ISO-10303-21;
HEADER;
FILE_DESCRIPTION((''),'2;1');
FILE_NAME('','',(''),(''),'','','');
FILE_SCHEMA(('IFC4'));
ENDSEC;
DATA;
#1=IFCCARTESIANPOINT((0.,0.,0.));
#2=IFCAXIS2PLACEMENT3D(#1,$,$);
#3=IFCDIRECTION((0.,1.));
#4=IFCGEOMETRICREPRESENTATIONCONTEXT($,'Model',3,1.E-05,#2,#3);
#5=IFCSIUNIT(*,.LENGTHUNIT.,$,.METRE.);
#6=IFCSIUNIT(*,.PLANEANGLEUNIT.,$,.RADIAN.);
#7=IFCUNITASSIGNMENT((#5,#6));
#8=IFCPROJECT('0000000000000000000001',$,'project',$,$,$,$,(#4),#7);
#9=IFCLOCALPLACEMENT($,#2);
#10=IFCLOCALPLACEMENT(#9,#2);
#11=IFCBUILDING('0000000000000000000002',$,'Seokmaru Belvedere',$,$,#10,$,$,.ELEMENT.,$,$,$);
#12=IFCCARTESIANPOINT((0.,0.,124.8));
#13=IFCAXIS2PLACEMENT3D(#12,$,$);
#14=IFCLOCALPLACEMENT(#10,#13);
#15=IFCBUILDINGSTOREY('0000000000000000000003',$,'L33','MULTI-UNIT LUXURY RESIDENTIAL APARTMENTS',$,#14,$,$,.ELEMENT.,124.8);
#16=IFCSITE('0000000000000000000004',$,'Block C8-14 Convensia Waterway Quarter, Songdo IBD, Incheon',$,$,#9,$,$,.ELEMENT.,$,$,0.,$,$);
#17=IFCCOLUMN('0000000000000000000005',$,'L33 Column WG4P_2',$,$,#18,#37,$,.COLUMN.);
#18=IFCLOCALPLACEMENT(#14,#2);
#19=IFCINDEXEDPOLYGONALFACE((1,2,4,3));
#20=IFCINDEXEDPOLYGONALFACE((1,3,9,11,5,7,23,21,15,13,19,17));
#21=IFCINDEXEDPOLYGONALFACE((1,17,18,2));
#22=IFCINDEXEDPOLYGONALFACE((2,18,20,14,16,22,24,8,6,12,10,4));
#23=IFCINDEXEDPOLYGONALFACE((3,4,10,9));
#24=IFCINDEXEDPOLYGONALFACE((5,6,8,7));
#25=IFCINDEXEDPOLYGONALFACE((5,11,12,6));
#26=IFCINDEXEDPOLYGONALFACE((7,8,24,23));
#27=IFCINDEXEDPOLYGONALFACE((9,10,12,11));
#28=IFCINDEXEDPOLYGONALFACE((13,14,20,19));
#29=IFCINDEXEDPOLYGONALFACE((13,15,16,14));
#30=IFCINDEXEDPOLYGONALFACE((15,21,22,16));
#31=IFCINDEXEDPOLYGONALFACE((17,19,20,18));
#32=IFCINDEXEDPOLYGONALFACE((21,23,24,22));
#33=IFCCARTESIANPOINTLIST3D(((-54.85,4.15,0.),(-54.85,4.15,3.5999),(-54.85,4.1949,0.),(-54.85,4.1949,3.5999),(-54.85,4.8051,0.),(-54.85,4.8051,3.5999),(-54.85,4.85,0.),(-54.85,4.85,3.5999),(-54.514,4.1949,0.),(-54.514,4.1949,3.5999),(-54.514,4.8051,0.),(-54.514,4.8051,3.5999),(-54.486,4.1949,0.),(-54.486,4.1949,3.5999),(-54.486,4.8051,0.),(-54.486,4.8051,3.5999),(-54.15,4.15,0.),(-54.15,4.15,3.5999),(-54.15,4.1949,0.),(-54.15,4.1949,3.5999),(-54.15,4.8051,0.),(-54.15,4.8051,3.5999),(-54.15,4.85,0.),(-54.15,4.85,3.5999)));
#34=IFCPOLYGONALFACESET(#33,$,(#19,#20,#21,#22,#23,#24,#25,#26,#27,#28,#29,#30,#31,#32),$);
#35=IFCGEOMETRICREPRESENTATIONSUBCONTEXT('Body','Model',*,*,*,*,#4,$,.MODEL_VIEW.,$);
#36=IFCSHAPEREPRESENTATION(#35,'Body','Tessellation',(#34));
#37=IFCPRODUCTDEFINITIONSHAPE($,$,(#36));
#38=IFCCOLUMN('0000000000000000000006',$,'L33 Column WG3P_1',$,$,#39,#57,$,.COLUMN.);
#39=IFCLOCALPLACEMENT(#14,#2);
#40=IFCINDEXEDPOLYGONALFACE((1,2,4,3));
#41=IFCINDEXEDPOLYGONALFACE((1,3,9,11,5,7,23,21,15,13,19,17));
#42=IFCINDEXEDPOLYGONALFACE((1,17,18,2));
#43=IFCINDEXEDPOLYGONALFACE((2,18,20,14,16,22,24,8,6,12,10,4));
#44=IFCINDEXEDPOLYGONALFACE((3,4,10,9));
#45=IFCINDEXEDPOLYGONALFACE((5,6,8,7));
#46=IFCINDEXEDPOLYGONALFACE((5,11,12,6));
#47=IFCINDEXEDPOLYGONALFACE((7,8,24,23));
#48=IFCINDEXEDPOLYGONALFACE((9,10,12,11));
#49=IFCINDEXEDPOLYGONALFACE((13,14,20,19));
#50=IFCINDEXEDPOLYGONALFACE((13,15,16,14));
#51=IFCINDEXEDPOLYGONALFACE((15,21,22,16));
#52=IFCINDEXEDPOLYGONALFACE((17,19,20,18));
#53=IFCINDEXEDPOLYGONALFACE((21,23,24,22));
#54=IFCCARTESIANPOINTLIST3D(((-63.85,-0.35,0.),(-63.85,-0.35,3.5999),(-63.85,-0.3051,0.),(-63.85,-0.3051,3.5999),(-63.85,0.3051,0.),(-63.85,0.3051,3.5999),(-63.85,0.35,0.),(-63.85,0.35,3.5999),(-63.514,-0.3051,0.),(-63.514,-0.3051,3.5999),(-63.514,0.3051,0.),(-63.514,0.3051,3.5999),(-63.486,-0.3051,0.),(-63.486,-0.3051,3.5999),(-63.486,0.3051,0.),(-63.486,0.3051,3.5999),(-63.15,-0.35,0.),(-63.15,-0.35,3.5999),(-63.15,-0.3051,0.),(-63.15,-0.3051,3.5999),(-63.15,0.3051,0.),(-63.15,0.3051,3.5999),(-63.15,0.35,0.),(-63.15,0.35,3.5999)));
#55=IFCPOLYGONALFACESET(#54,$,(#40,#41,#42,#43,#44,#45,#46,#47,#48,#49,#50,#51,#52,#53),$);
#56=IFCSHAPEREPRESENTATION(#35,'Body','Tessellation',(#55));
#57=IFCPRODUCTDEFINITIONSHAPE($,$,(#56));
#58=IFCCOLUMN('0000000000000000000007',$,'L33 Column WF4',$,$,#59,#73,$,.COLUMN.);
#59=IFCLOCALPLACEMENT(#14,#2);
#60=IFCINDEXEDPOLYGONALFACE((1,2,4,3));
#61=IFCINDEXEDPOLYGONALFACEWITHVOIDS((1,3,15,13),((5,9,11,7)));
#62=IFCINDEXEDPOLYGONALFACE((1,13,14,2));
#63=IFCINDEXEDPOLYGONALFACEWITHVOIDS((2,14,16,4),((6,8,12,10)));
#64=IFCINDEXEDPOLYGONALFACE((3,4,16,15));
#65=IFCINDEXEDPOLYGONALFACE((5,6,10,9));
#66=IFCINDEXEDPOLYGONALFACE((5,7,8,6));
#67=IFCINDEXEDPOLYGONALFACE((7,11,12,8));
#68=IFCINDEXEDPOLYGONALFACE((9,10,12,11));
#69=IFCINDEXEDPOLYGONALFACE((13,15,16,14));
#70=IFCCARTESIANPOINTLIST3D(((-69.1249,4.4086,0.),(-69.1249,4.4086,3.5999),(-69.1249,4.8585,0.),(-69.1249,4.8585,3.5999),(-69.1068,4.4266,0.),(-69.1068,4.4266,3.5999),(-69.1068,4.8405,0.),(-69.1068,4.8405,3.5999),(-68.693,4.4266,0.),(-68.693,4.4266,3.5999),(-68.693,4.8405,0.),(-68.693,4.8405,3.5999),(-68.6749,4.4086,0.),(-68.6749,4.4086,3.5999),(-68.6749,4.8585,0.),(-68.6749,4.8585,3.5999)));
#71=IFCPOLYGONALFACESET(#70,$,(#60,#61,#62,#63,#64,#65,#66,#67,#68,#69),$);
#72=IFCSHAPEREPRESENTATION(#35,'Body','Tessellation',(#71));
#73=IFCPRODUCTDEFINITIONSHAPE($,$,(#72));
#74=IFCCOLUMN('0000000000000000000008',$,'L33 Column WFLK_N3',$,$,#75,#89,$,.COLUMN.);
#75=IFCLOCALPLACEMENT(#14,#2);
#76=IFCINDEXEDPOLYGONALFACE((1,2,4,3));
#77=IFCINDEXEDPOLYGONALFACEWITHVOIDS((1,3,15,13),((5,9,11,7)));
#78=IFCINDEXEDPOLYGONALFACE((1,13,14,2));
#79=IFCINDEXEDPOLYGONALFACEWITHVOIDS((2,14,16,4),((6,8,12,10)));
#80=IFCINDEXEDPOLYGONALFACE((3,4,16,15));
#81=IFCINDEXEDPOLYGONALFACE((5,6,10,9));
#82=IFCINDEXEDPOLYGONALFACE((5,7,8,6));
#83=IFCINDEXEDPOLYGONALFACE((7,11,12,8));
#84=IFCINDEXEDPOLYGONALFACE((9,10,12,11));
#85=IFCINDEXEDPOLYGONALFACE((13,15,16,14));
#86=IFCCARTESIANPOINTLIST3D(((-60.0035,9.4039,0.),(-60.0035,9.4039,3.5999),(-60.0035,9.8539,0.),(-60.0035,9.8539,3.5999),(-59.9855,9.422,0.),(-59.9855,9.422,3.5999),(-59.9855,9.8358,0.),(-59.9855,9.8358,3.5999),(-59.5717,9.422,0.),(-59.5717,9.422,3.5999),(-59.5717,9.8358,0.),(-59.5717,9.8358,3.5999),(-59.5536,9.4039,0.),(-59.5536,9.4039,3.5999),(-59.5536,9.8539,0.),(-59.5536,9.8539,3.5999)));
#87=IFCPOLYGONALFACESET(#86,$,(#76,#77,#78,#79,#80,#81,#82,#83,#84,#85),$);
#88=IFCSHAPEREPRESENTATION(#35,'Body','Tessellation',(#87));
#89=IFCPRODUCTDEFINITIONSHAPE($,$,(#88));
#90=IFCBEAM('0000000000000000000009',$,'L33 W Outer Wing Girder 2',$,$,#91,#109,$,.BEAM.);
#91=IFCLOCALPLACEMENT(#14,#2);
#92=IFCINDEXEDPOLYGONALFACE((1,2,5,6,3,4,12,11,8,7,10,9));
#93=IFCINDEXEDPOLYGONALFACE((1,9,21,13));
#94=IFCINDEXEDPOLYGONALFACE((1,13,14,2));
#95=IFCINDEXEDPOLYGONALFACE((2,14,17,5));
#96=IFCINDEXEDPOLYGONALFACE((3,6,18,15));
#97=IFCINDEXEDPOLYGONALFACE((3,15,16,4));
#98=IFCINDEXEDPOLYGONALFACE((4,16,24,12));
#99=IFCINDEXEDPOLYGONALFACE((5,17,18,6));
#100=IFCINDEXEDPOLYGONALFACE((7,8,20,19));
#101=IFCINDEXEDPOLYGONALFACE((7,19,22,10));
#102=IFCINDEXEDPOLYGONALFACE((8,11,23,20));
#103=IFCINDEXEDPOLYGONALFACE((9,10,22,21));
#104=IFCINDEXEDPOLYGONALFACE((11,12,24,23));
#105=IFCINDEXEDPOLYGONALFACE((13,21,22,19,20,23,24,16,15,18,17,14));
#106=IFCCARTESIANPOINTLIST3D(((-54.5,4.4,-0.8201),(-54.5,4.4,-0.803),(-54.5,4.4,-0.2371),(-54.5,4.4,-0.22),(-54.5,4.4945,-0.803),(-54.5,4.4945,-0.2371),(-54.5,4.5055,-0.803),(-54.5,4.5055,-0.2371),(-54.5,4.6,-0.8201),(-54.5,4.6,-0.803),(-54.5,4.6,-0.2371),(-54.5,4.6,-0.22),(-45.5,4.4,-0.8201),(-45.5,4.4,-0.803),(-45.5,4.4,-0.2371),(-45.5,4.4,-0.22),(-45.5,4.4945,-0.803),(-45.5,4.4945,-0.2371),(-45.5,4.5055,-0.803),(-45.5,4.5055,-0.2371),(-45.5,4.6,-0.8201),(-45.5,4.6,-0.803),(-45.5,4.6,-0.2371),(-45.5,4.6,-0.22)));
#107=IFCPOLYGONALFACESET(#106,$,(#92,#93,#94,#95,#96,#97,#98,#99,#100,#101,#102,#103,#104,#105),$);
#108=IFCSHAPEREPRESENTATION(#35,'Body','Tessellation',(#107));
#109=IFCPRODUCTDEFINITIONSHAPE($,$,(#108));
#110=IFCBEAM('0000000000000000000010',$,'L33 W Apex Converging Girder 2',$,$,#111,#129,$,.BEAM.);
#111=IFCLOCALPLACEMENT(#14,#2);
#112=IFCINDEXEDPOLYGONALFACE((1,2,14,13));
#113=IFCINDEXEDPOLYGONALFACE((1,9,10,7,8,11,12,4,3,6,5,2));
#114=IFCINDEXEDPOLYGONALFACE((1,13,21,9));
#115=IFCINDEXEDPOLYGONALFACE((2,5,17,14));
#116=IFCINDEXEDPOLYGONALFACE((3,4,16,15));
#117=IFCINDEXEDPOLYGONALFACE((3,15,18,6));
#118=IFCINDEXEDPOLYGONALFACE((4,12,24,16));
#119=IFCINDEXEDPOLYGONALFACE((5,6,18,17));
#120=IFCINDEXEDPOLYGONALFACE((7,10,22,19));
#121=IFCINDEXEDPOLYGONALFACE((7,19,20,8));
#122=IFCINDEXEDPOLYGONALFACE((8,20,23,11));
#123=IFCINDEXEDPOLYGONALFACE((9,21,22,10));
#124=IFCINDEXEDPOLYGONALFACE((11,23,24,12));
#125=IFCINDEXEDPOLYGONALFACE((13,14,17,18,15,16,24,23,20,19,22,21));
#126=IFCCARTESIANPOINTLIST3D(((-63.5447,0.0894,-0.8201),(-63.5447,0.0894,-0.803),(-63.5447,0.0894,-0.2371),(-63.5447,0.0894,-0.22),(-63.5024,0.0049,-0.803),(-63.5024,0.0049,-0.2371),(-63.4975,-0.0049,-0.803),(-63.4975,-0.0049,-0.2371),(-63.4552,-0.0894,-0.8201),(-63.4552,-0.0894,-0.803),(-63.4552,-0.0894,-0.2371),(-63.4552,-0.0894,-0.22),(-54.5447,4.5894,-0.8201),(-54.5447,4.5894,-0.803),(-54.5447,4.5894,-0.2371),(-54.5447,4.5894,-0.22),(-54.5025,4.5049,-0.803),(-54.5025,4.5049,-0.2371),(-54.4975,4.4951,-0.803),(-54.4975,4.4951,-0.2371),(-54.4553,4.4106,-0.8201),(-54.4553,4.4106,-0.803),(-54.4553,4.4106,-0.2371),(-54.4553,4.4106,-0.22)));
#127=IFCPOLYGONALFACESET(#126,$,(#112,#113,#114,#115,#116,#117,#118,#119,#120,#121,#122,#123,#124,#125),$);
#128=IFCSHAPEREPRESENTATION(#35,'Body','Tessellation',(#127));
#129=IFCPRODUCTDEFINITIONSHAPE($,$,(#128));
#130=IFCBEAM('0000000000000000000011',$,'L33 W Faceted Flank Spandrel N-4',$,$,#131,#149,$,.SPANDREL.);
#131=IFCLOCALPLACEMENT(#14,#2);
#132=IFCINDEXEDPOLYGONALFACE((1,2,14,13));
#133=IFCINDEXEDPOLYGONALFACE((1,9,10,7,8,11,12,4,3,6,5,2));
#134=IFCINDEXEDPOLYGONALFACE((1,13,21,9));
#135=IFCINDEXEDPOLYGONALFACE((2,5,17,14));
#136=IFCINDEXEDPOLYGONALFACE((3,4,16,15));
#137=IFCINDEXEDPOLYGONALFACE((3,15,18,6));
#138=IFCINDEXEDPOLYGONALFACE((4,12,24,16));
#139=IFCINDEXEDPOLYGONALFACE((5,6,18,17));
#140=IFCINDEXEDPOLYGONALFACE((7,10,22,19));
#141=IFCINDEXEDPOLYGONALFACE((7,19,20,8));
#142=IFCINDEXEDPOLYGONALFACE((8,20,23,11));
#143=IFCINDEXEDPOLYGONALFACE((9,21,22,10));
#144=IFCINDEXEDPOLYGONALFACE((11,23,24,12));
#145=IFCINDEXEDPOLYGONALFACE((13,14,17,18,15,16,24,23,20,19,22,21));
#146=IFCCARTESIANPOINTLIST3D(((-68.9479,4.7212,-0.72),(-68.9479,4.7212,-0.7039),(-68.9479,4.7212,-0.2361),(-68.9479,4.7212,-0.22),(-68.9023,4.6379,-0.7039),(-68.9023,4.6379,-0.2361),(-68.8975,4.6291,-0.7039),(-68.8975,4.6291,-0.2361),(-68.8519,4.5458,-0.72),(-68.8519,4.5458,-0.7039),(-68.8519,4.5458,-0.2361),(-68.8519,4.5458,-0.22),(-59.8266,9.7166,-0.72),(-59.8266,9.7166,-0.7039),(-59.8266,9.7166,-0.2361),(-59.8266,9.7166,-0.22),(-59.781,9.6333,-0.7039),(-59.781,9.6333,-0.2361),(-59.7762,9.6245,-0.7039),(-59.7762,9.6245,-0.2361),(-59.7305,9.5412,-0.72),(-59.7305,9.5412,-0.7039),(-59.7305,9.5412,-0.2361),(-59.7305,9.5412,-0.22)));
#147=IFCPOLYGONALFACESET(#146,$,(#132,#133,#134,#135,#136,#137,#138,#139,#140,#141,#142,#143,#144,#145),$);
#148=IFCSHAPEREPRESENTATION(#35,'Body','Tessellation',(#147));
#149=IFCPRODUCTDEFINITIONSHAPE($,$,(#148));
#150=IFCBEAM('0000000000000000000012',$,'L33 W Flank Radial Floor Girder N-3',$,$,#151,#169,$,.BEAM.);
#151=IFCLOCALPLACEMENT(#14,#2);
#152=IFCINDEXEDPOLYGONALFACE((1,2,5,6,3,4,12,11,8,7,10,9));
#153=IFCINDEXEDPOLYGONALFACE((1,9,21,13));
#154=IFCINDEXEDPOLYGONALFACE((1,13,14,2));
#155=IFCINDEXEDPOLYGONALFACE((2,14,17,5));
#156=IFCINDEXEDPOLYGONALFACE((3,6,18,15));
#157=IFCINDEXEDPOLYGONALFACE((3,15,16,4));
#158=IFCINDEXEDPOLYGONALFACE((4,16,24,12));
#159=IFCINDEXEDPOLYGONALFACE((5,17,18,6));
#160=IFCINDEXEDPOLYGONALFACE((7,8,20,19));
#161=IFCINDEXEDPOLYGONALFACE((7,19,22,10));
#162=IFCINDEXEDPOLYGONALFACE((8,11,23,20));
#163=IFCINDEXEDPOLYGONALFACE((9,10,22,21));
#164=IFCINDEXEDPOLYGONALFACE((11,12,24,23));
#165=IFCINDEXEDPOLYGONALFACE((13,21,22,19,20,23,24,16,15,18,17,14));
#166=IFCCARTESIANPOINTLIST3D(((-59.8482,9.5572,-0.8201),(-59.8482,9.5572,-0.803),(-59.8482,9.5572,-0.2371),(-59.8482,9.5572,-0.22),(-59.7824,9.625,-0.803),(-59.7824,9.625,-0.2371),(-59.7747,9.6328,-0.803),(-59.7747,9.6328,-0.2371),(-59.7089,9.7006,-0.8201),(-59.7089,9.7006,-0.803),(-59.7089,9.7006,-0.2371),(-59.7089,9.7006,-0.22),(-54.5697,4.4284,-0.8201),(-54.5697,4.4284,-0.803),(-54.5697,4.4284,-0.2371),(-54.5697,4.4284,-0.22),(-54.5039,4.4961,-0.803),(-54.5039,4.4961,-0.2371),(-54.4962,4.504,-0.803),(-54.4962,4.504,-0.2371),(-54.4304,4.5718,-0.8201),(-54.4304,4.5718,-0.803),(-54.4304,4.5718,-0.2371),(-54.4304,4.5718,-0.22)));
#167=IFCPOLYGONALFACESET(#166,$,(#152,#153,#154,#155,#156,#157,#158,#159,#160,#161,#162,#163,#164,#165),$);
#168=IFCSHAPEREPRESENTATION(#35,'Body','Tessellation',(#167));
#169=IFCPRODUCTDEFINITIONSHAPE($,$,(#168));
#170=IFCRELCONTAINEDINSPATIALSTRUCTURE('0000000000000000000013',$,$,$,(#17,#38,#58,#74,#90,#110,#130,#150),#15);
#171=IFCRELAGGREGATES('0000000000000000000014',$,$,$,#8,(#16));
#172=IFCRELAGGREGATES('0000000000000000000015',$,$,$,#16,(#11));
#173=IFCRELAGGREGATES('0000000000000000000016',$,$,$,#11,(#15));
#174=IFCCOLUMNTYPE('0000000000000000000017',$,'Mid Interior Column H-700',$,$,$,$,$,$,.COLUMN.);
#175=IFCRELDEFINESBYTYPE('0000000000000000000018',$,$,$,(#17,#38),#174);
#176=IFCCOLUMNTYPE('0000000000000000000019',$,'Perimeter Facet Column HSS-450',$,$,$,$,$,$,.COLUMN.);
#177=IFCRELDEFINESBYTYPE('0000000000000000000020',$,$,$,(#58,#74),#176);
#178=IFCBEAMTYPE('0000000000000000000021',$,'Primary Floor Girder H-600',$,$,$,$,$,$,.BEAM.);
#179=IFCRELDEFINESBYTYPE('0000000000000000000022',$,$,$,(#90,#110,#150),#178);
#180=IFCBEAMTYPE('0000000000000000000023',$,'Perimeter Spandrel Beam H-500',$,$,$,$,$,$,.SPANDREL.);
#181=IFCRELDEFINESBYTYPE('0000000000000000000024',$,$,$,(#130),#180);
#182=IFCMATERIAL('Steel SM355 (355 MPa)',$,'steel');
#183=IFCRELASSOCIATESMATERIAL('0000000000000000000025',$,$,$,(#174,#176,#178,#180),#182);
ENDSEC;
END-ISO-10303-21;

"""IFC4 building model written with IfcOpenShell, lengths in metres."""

from ifc_helpers import new_model, si_unit, direction, frame, origin, origin_2d, place, context, subcontext, project, spatial, hollow_rectangle, i_section, extrude, source, transform, mapped, material, material_profile, profile_set, type_object, type_shapes, element, save


model = new_model("IFC4")

# Units and contexts
model_context = context("Model", 3, precision=1e-05, world=origin(), true_north=direction((0.0, 1.0)))
body_context = subcontext(model_context, "Body", "Model", "MODEL_VIEW")
ifc_project = project(units=[si_unit("LENGTHUNIT", "METRE"), si_unit("PLANEANGLEUNIT", "RADIAN")], contexts=[model_context])

# Site, building, storey
site_placement = place(None, origin())
site = spatial("IfcSite", under=ifc_project, at=site_placement, Name="Block C8-14 Convensia Waterway Quarter, Songdo IBD, Incheon", CompositionType="ELEMENT", RefElevation=0.0)
building_placement = place(site_placement, origin())
building = spatial("IfcBuilding", under=site, at=building_placement, Name="Seokmaru Belvedere", CompositionType="ELEMENT")
storey_placement = place(building_placement, frame((0.0, 0.0, 124.8)))
storey = spatial("IfcBuildingStorey", under=building, at=storey_placement, Name="L33", Description="MULTI-UNIT LUXURY RESIDENTIAL APARTMENTS", CompositionType="ELEMENT", Elevation=124.8)

# Columns
ifc_material_1 = material(Name="Steel SM355 (355 MPa)", Category="steel")
ifc_material_profile_1 = material_profile(ifc_material_1, i_section(OverallWidth=0.7, OverallDepth=0.7, WebThickness=0.0281, FlangeThickness=0.0449, at=origin_2d()), Name="H-700x700x28x45")
ifc_profile_set_1 = profile_set([ifc_material_profile_1], Name="Steel SM355 (355 MPa)")
column_type_1 = type_object("IfcColumnType", Name="Mid Interior Column H-700", PredefinedType="COLUMN", material=ifc_profile_set_1)
shared_shape_1 = source(origin(), body_context, "Body", "SweptSolid", [
    extrude(i_section(OverallWidth=0.7, OverallDepth=0.7, WebThickness=0.0281, FlangeThickness=0.0449, at=origin_2d()), origin(), (0.0, 0.0, 1.0), 3.5999),
])
type_shapes(column_type_1, [shared_shape_1])
for number, where, z_axis, x_axis, name in (
    (1, (-54.5, 4.5, 0.0), (0.0, 0.0, 1.0), (1.0, 0.0, 0.0), "L33 Column WG4P_2"),
    (2, (-63.5, 0.0, 0.0), (0.0, 0.0, 1.0), (1.0, 0.0, 0.0), "L33 Column WG3P_1"),
):
    element("IfcColumn", number, at=place(storey_placement, frame(where, z_axis=z_axis, x_axis=x_axis)), inside=storey, type_object=column_type_1, Name=name, PredefinedType="COLUMN", context=body_context, shape_type="MappedRepresentation", body=[
        mapped(shared_shape_1, transform((0.0, 0.0, 0.0), scale=1.0)),
    ])
ifc_material_profile_2 = material_profile(ifc_material_1, hollow_rectangle(XDim=0.45, YDim=0.45, WallThickness=0.0181, at=origin_2d()), Name="HSS-450x450x18")
ifc_profile_set_2 = profile_set([ifc_material_profile_2], Name="Steel SM355 (355 MPa)")
column_type_2 = type_object("IfcColumnType", Name="Perimeter Facet Column HSS-450", PredefinedType="COLUMN", material=ifc_profile_set_2)
shared_shape_2 = source(origin(), body_context, "Body", "SweptSolid", [
    extrude(hollow_rectangle(XDim=0.45, YDim=0.45, WallThickness=0.0181, at=origin_2d()), origin(), (0.0, 0.0, 1.0), 3.5999),
])
type_shapes(column_type_2, [shared_shape_2])
for number, where, z_axis, x_axis, name in (
    (3, (-68.8999, 4.6335, 0.0), (0.0, 0.0, 1.0), (1.0, 0.0, 0.0), "L33 Column WF4"),
    (4, (-59.7786, 9.6289, 0.0), (0.0, 0.0, 1.0), (1.0, 0.0, 0.0), "L33 Column WFLK_N3"),
):
    element("IfcColumn", number, at=place(storey_placement, frame(where, z_axis=z_axis, x_axis=x_axis)), inside=storey, type_object=column_type_2, Name=name, PredefinedType="COLUMN", context=body_context, shape_type="MappedRepresentation", body=[
        mapped(shared_shape_2, transform((0.0, 0.0, 0.0), scale=1.0)),
    ])

# Beams
ifc_material_profile_3 = material_profile(ifc_material_1, i_section(OverallWidth=0.2, OverallDepth=0.6001, WebThickness=0.011, FlangeThickness=0.0171, at=origin_2d()), Name="H-600x200x11x17")
ifc_profile_set_3 = profile_set([ifc_material_profile_3], Name="Steel SM355 (355 MPa)")
beam_type_1 = type_object("IfcBeamType", Name="Primary Floor Girder H-600", PredefinedType="BEAM", material=ifc_profile_set_3)
shared_shape_3 = source(origin(), body_context, "Body", "SweptSolid", [
    extrude(i_section(OverallWidth=0.2, OverallDepth=0.6001, WebThickness=0.011, FlangeThickness=0.0171, at=origin_2d()), origin(), (0.0, 0.0, 1.0), 9.0),
])
beam_1_placement = place(storey_placement, frame((-54.5, 4.5, -0.52), z_axis=(1.0, 0.0, 0.0), x_axis=(0.0, 1.0, 0.0)))
element("IfcBeam", 5, at=beam_1_placement, inside=storey, type_object=beam_type_1, Name="L33 W Outer Wing Girder 2", PredefinedType="BEAM", context=body_context, shape_type="MappedRepresentation", body=[
    mapped(shared_shape_3, transform((0.0, 0.0, 0.0), scale=1.0)),
])
shared_shape_4 = source(origin(), body_context, "Body", "SweptSolid", [
    extrude(i_section(OverallWidth=0.2, OverallDepth=0.6001, WebThickness=0.011, FlangeThickness=0.0171, at=origin_2d()), origin(), (0.0, 0.0, 1.0), 10.0623),
])
beam_2_placement = place(storey_placement, frame((-54.5, 4.5, -0.52), z_axis=(-0.894427, -0.447214, 0.0), x_axis=(0.447214, -0.894427, 0.0)))
element("IfcBeam", 6, at=beam_2_placement, inside=storey, type_object=beam_type_1, Name="L33 W Apex Converging Girder 2", PredefinedType="BEAM", context=body_context, shape_type="MappedRepresentation", body=[
    mapped(shared_shape_4, transform((0.0, 0.0, 0.0), scale=1.0)),
])
ifc_material_profile_4 = material_profile(ifc_material_1, i_section(OverallWidth=0.2, OverallDepth=0.5, WebThickness=0.01, FlangeThickness=0.0161, at=origin_2d()), Name="H-500x200x10x16")
ifc_profile_set_4 = profile_set([ifc_material_profile_4], Name="Steel SM355 (355 MPa)")
beam_type_2 = type_object("IfcBeamType", Name="Perimeter Spandrel Beam H-500", PredefinedType="SPANDREL", material=ifc_profile_set_4)
shared_shape_5 = source(origin(), body_context, "Body", "SweptSolid", [
    extrude(i_section(OverallWidth=0.2, OverallDepth=0.5, WebThickness=0.01, FlangeThickness=0.0161, at=origin_2d()), origin(), (0.0, 0.0, 1.0), 10.3997),
])
type_shapes(beam_type_2, [shared_shape_5])
beam_3_placement = place(storey_placement, frame((-59.7786, 9.6289, -0.47), z_axis=(-0.877082, -0.48034, 0.0), x_axis=(0.48034, -0.877082, 0.0)))
element("IfcBeam", 7, at=beam_3_placement, inside=storey, type_object=beam_type_2, Name="L33 W Faceted Flank Spandrel N-4", PredefinedType="SPANDREL", context=body_context, shape_type="MappedRepresentation", body=[
    mapped(shared_shape_5, transform((0.0, 0.0, 0.0), scale=1.0)),
])
shared_shape_6 = source(origin(), body_context, "Body", "SweptSolid", [
    extrude(i_section(OverallWidth=0.2, OverallDepth=0.6001, WebThickness=0.011, FlangeThickness=0.0171, at=origin_2d()), origin(), (0.0, 0.0, 1.0), 7.3599),
])
beam_4_placement = place(storey_placement, frame((-59.7786, 9.6289, -0.52), z_axis=(0.717201, -0.696867, 0.0), x_axis=(0.696867, 0.717201, 0.0)))
element("IfcBeam", 8, at=beam_4_placement, inside=storey, type_object=beam_type_1, Name="L33 W Flank Radial Floor Girder N-3", PredefinedType="BEAM", context=body_context, shape_type="MappedRepresentation", body=[
    mapped(shared_shape_6, transform((0.0, 0.0, 0.0), scale=1.0)),
])

save(model, "model.ifc")
